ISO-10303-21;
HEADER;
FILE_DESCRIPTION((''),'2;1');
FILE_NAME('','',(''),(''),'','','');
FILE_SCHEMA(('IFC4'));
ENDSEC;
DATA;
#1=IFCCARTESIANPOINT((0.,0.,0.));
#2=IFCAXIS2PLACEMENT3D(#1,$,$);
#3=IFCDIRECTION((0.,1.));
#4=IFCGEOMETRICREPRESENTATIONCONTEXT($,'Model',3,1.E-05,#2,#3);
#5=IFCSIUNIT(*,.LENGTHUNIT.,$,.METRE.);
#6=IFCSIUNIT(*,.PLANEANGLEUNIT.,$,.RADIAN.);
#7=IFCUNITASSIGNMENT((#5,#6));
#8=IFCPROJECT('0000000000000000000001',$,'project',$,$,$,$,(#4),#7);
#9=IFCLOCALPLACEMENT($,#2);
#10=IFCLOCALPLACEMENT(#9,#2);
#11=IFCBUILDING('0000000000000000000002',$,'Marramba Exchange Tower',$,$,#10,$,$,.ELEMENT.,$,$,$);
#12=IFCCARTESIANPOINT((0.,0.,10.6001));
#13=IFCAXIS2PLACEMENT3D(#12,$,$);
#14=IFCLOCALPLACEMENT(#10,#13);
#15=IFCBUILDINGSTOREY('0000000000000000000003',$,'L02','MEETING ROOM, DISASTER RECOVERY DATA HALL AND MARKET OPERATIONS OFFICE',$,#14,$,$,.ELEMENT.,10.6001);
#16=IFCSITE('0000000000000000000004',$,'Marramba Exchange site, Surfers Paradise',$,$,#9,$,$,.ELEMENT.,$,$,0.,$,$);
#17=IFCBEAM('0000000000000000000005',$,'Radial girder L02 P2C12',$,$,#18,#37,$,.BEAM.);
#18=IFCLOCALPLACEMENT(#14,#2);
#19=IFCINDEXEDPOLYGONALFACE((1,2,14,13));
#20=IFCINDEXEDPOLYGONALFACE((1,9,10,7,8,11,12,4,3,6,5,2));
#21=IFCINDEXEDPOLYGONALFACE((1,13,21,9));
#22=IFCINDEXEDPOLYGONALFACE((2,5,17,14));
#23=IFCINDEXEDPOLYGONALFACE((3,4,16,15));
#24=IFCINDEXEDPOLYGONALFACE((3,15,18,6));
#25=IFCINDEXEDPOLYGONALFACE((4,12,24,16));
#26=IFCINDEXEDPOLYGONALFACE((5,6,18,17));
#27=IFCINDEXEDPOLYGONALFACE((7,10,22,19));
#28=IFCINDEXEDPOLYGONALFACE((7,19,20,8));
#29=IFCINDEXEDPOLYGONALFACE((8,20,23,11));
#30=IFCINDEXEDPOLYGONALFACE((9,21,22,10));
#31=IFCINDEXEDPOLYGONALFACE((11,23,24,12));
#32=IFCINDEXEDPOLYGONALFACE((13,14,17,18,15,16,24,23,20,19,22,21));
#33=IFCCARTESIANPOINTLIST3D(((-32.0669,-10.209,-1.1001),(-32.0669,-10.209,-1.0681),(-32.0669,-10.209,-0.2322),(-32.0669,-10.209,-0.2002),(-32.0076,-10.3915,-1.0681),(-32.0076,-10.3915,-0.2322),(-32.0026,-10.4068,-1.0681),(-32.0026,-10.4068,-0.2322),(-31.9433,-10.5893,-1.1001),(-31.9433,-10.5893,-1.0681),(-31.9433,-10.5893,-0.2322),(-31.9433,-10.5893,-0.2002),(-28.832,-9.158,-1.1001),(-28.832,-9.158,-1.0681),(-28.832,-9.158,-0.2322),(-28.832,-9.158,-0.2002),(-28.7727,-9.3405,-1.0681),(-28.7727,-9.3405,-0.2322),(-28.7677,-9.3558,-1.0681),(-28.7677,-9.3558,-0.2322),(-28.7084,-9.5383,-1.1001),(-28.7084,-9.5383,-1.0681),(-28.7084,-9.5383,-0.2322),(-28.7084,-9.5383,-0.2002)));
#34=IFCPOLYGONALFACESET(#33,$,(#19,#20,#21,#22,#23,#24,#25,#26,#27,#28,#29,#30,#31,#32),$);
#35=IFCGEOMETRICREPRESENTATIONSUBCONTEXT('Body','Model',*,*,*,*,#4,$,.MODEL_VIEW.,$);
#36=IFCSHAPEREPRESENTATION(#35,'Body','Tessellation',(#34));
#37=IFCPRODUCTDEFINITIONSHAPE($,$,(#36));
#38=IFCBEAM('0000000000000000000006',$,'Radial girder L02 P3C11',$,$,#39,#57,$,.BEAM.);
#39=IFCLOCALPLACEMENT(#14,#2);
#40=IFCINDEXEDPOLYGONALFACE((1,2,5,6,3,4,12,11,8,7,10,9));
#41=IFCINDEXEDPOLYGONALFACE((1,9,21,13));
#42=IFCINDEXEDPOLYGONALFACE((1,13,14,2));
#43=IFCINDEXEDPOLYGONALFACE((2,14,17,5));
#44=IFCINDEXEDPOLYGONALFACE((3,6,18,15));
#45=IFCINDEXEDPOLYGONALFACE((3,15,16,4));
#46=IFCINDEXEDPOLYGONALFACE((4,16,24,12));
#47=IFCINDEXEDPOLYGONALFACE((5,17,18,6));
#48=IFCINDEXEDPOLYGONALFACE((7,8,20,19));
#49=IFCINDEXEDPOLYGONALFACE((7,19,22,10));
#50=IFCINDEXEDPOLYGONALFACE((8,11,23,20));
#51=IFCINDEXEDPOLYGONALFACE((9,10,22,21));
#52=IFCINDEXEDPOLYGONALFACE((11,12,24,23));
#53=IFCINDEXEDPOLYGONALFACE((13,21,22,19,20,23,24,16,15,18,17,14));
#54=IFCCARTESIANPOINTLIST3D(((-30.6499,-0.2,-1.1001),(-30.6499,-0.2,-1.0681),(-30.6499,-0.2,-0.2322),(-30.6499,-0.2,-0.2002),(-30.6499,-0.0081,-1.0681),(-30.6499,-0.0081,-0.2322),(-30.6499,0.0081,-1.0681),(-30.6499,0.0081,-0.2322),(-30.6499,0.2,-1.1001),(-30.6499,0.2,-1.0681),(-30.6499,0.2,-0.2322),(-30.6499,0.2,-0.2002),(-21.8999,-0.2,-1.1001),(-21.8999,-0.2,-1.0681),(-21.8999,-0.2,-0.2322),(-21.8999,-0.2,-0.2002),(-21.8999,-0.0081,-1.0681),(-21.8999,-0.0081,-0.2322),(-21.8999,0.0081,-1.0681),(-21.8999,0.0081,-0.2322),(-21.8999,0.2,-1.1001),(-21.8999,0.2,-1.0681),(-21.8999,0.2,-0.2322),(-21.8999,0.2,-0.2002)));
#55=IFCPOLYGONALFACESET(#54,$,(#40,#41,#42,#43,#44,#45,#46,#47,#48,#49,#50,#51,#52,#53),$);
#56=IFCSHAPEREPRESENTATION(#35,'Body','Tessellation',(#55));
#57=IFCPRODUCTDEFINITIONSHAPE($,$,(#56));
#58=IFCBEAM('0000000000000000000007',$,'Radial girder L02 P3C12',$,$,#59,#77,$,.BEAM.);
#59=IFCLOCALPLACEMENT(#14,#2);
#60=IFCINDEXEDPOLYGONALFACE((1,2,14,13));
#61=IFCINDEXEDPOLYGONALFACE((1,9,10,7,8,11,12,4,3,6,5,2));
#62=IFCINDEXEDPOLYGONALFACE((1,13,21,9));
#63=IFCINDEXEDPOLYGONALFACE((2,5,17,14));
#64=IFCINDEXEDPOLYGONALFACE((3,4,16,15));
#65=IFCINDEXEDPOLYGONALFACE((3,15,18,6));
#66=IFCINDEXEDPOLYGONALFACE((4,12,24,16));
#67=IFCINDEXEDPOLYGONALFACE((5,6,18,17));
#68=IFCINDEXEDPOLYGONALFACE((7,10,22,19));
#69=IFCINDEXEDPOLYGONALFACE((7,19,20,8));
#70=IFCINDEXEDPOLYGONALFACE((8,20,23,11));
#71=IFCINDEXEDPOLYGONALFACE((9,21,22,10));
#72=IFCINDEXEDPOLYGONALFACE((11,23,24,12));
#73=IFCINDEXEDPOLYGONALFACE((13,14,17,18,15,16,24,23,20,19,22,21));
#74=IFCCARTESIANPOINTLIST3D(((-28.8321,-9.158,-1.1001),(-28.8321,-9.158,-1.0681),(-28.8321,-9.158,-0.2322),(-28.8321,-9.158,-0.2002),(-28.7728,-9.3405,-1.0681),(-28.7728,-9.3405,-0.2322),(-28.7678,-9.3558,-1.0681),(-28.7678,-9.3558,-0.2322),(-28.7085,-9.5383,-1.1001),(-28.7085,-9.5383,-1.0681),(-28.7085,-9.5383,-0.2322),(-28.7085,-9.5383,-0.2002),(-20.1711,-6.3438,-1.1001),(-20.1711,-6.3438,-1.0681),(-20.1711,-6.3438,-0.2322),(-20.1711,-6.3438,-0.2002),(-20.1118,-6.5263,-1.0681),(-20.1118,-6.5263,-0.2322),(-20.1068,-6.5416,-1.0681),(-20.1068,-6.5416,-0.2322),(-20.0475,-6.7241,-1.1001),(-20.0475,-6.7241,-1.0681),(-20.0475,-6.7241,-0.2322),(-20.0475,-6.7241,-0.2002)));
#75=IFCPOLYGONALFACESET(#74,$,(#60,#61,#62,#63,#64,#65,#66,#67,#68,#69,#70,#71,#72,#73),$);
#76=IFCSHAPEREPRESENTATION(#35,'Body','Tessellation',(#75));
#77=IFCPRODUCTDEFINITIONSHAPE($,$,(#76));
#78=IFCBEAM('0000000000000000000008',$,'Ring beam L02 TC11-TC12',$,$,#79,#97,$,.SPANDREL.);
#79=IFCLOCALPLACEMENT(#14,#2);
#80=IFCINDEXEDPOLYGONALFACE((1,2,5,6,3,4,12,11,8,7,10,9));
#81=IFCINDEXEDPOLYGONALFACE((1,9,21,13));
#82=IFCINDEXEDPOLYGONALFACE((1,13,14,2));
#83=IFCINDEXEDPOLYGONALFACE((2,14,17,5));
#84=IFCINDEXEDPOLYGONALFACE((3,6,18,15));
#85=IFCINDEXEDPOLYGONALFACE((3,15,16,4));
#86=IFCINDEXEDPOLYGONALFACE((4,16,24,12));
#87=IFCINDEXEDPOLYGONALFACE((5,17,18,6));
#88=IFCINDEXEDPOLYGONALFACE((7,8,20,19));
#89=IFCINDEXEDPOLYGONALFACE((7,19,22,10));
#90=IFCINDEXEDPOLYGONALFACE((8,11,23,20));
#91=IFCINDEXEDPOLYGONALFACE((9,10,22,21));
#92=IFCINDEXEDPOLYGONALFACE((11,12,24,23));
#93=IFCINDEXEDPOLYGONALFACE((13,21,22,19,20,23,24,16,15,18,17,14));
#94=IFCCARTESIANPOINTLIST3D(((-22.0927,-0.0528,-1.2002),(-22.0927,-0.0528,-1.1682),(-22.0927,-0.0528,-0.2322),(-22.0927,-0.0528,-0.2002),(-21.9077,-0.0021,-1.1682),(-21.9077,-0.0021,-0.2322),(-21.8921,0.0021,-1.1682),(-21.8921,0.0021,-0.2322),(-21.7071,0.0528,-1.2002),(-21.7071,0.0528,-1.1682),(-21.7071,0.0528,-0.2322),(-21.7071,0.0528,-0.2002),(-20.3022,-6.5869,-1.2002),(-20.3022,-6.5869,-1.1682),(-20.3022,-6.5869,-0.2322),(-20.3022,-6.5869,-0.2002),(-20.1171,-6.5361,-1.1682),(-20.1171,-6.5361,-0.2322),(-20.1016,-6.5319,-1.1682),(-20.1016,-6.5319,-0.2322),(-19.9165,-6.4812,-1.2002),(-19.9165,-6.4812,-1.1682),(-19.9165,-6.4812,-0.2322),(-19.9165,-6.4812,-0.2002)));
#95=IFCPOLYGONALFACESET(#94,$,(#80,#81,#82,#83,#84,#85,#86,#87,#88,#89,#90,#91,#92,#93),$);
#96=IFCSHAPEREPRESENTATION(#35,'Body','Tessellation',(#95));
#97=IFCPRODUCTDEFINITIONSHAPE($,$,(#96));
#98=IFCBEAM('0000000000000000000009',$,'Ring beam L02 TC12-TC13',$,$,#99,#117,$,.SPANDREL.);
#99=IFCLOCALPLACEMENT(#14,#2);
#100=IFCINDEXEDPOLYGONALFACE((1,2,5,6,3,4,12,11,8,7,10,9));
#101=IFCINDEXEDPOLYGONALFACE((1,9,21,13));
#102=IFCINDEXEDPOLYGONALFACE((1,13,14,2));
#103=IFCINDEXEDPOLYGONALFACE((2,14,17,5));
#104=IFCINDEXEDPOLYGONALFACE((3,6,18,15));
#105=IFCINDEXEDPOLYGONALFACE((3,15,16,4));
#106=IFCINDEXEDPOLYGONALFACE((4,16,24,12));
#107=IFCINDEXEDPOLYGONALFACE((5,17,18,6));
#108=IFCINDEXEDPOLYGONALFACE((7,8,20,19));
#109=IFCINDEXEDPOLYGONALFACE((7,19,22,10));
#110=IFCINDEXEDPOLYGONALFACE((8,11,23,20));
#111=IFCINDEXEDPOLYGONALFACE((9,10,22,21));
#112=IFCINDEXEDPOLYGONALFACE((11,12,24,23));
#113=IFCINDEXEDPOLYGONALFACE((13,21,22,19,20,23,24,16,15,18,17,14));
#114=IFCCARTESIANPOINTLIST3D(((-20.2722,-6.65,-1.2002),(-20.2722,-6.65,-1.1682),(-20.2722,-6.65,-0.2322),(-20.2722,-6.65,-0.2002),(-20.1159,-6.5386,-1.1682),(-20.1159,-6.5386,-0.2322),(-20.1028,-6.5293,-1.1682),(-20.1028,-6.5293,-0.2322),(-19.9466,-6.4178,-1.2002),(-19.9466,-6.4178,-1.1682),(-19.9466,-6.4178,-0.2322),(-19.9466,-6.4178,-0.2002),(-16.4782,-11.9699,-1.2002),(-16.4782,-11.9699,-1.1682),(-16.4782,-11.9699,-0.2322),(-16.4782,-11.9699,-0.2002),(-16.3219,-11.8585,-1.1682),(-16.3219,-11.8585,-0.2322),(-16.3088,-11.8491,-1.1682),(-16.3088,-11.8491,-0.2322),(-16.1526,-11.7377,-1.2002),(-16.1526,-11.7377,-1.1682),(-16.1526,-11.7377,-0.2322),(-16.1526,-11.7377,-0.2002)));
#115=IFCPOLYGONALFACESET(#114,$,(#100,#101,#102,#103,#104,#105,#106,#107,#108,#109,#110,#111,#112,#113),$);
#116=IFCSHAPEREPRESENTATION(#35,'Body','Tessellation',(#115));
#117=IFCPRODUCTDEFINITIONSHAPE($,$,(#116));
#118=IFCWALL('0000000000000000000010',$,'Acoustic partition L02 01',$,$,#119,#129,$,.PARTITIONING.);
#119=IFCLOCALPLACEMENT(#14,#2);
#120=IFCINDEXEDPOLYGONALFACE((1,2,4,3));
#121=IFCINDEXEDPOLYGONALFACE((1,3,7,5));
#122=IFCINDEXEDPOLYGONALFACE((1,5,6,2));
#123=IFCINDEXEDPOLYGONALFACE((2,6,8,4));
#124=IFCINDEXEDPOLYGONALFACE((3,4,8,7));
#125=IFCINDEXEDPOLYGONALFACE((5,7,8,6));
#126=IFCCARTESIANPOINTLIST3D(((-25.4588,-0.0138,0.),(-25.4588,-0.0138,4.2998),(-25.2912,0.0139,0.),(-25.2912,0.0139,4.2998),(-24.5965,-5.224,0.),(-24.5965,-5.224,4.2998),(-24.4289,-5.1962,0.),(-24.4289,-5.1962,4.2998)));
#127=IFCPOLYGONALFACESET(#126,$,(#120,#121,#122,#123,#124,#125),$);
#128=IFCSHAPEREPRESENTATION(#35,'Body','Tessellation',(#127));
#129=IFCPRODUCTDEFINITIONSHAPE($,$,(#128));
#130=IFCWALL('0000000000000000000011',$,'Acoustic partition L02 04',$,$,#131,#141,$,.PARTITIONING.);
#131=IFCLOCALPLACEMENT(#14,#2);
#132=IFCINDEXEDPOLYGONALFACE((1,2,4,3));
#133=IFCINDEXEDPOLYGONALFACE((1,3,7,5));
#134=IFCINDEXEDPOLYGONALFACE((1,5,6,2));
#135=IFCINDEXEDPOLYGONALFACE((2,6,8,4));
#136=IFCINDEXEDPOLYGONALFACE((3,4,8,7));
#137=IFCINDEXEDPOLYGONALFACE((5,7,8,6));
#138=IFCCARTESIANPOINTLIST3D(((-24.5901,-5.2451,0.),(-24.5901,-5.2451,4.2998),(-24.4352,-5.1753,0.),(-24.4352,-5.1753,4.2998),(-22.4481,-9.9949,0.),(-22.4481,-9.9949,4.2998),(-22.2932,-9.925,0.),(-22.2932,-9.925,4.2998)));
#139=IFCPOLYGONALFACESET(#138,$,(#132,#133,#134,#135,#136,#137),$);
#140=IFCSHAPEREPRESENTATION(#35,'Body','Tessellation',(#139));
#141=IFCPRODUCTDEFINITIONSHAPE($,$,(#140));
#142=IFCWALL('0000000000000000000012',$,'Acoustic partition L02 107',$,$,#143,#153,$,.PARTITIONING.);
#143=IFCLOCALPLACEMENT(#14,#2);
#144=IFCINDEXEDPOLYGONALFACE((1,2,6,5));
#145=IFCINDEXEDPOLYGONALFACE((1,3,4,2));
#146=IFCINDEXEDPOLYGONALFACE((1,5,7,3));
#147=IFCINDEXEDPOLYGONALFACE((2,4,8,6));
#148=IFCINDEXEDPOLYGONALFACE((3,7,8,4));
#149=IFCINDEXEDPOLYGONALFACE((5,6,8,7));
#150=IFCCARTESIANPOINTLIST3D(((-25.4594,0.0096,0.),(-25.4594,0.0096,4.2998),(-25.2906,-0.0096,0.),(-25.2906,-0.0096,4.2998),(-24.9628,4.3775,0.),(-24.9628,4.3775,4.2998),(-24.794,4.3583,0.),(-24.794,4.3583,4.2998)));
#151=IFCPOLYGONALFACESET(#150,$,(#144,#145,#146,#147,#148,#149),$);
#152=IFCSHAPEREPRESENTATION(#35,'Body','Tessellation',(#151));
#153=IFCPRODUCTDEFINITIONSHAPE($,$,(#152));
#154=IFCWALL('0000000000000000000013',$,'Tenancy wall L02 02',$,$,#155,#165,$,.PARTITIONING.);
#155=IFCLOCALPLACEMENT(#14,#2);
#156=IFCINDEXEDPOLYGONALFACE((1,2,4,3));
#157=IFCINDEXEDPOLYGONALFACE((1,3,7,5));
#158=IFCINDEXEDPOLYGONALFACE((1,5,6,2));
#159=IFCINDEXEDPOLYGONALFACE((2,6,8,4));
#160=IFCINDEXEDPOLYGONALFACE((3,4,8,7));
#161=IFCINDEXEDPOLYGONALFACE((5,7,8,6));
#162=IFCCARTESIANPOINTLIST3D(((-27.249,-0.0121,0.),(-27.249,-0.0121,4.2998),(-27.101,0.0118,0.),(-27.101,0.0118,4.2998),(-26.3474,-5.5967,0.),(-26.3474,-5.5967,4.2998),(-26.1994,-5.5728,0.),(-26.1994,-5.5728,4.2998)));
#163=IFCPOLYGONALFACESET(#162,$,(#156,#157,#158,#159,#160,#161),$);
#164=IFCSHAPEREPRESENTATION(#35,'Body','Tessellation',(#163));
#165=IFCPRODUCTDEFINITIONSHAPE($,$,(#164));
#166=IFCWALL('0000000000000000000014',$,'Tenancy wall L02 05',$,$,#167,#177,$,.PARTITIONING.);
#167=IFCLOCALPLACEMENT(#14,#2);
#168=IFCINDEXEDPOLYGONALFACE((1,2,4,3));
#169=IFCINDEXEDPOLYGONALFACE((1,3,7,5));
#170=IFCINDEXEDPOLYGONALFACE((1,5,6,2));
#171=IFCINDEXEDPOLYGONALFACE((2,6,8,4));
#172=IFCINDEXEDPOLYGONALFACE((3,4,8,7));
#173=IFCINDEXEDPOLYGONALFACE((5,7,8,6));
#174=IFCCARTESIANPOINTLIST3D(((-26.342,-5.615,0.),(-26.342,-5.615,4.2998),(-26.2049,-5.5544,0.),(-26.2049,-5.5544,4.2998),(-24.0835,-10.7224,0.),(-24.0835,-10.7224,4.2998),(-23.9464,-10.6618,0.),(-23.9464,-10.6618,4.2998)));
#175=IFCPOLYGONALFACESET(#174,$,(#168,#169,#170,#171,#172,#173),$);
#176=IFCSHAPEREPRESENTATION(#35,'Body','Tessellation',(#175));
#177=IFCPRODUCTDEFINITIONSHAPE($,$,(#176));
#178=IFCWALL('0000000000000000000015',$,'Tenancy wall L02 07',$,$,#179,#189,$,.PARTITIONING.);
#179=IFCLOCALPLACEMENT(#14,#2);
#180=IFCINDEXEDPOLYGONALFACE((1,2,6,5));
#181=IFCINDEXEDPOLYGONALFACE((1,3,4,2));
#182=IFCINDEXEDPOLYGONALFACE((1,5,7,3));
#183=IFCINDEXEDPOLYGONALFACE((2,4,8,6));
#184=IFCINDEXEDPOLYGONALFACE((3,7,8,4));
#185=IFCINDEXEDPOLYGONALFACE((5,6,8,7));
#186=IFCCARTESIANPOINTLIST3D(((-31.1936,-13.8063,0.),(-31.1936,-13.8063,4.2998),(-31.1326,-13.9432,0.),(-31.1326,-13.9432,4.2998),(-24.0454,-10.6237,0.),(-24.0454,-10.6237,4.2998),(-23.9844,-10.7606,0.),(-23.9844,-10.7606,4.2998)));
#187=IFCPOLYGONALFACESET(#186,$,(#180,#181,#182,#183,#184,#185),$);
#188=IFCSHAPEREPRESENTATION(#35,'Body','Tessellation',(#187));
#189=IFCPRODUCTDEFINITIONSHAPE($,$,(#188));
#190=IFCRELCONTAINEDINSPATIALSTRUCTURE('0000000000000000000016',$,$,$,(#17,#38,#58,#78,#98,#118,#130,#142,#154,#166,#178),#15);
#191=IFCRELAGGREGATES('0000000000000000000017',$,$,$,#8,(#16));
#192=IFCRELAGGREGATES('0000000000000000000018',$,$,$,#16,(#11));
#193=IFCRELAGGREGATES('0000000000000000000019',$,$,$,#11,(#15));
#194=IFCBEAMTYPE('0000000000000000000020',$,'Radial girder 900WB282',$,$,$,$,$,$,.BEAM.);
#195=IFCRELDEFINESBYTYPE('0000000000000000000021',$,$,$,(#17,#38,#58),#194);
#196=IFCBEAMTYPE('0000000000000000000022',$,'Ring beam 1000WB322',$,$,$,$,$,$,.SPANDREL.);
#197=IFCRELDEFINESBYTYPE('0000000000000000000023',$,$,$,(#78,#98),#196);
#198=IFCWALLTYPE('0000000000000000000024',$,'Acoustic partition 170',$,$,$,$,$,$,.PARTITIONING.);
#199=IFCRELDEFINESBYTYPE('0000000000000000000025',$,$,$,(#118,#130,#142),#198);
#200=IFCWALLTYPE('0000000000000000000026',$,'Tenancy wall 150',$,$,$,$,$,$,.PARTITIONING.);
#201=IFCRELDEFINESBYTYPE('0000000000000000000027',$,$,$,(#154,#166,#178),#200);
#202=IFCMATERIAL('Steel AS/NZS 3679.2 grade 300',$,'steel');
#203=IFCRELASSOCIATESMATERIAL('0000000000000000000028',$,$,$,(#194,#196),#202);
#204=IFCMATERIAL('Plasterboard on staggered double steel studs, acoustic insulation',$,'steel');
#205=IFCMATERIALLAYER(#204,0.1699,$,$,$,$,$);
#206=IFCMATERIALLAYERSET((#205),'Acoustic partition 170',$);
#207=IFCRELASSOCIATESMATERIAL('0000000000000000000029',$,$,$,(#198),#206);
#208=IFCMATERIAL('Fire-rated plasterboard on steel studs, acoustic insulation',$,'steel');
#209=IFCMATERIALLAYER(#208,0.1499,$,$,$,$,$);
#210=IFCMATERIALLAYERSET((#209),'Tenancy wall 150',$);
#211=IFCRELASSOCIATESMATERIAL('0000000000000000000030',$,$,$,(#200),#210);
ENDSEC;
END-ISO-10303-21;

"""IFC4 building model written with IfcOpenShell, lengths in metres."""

from ifc_helpers import new_model, si_unit, direction, frame, frame_2d, origin, origin_2d, place, context, subcontext, project, spatial, rectangle, i_section, extrude, material, layer, layer_set, material_profile, profile_set, type_object, element, save


model = new_model("IFC4")

# Units and contexts
model_context = context("Model", 3, precision=1e-05, world=origin(), true_north=direction((0.0, 1.0)))
body_context = subcontext(model_context, "Body", "Model", "MODEL_VIEW")
ifc_project = project(units=[si_unit("LENGTHUNIT", "METRE"), si_unit("PLANEANGLEUNIT", "RADIAN")], contexts=[model_context])

# Site, building, storey
site_placement = place(None, origin())
site = spatial("IfcSite", under=ifc_project, at=site_placement, Name="Marramba Exchange site, Surfers Paradise", CompositionType="ELEMENT", RefElevation=0.0)
building_placement = place(site_placement, origin())
building = spatial("IfcBuilding", under=site, at=building_placement, Name="Marramba Exchange Tower", CompositionType="ELEMENT")
storey_placement = place(building_placement, frame((0.0, 0.0, 10.6001)))
storey = spatial("IfcBuildingStorey", under=building, at=storey_placement, Name="L02", Description="MEETING ROOM, DISASTER RECOVERY DATA HALL AND MARKET OPERATIONS OFFICE", CompositionType="ELEMENT", Elevation=10.6001)

# Beams
ifc_material_1 = material(Name="Steel AS/NZS 3679.2 grade 300", Category="steel")
ifc_material_profile_1 = material_profile(ifc_material_1, i_section(OverallWidth=0.3999, OverallDepth=0.8999, WebThickness=0.0161, FlangeThickness=0.032, at=origin_2d()), Name="900WB282")
ifc_profile_set_1 = profile_set([ifc_material_profile_1], Name="Steel AS/NZS 3679.2 grade 300")
beam_type_1 = type_object("IfcBeamType", Name="Radial girder 900WB282", PredefinedType="BEAM", material=ifc_profile_set_1)
beam_1_placement = place(storey_placement, frame((-32.0051, -10.3992, -0.6501), z_axis=(0.95106, 0.309005, 0.0), x_axis=(-0.309005, 0.95106, 0.0)))
element("IfcBeam", 1, at=beam_1_placement, inside=storey, type_object=beam_type_1, Name="Radial girder L02 P2C12", PredefinedType="BEAM", context=body_context, shape_type="SweptSolid", body=[
    extrude(i_section(OverallWidth=0.3999, OverallDepth=0.8999, WebThickness=0.0161, FlangeThickness=0.032, at=origin_2d()), origin(), (0.0, 0.0, 1.0), 3.4014),
])
beam_2_placement = place(storey_placement, frame((-30.6499, 0.0, -0.6501), z_axis=(1.0, 0.0, 0.0), x_axis=(0.0, 1.0, 0.0)))
element("IfcBeam", 2, at=beam_2_placement, inside=storey, type_object=beam_type_1, Name="Radial girder L02 P3C11", PredefinedType="BEAM", context=body_context, shape_type="SweptSolid", body=[
    extrude(i_section(OverallWidth=0.3999, OverallDepth=0.8999, WebThickness=0.0161, FlangeThickness=0.032, at=origin_2d()), origin(), (0.0, 0.0, 1.0), 8.75),
])
beam_3_placement = place(storey_placement, frame((-28.7703, -9.3481, -0.6501), z_axis=(0.951053, 0.309028, 0.0), x_axis=(-0.309028, 0.951053, 0.0)))
element("IfcBeam", 3, at=beam_3_placement, inside=storey, type_object=beam_type_1, Name="Radial girder L02 P3C12", PredefinedType="BEAM", context=body_context, shape_type="SweptSolid", body=[
    extrude(i_section(OverallWidth=0.3999, OverallDepth=0.8999, WebThickness=0.0161, FlangeThickness=0.032, at=origin_2d()), origin(), (0.0, 0.0, 1.0), 9.1067),
])
ifc_material_profile_2 = material_profile(ifc_material_1, i_section(OverallWidth=0.3999, OverallDepth=1.0, WebThickness=0.0161, FlangeThickness=0.032, at=origin_2d()), Name="1000WB322")
ifc_profile_set_2 = profile_set([ifc_material_profile_2], Name="Steel AS/NZS 3679.2 grade 300")
beam_type_2 = type_object("IfcBeamType", Name="Ring beam 1000WB322", PredefinedType="SPANDREL", material=ifc_profile_set_2)
beam_4_placement = place(storey_placement, frame((-21.8999, 0.0, -0.7002), z_axis=(0.264291, -0.964443, 0.0), x_axis=(0.964443, 0.264291, 0.0)))
element("IfcBeam", 4, at=beam_4_placement, inside=storey, type_object=beam_type_2, Name="Ring beam L02 TC11-TC12", PredefinedType="SPANDREL", context=body_context, shape_type="SweptSolid", body=[
    extrude(i_section(OverallWidth=0.3999, OverallDepth=1.0, WebThickness=0.0161, FlangeThickness=0.032, at=origin_2d()), origin(), (0.0, 0.0, 1.0), 6.7749),
])
beam_5_placement = place(storey_placement, frame((-20.1094, -6.5339, -0.7002), z_axis=(0.580637, -0.814162, 0.0), x_axis=(0.814162, 0.580637, 0.0)))
element("IfcBeam", 5, at=beam_5_placement, inside=storey, type_object=beam_type_2, Name="Ring beam L02 TC12-TC13", PredefinedType="SPANDREL", context=body_context, shape_type="SweptSolid", body=[
    extrude(i_section(OverallWidth=0.3999, OverallDepth=1.0, WebThickness=0.0161, FlangeThickness=0.032, at=origin_2d()), origin(), (0.0, 0.0, 1.0), 6.5342),
])

# Walls
ifc_material_2 = material(Name="Plasterboard on staggered double steel studs, acoustic insulation", Category="steel")
ifc_layer_1 = layer(ifc_material_2, 0.1699)
ifc_layer_set_1 = layer_set([ifc_layer_1], Name="Acoustic partition 170")
wall_type_1 = type_object("IfcWallType", Name="Acoustic partition 170", PredefinedType="PARTITIONING", material=ifc_layer_set_1)
wall_1_placement = place(storey_placement, frame((-24.5127, -5.2102, 0.0), z_axis=(0.0, 0.0, 1.0), x_axis=(-0.163282, 0.986579, 0.0)))
element("IfcWall", 6, at=wall_1_placement, inside=storey, type_object=wall_type_1, Name="Acoustic partition L02 01", PredefinedType="PARTITIONING", context=body_context, shape_type="SweptSolid", body=[
    extrude(rectangle(XDim=5.281, YDim=0.1699, at=frame_2d((2.6406, 0.0))), origin(), (0.0, 0.0, 1.0), 4.2998),
])
wall_2_placement = place(storey_placement, frame((-22.3706, -9.96, 0.0), z_axis=(0.0, 0.0, 1.0), x_axis=(-0.411115, 0.911584, 0.0)))
element("IfcWall", 7, at=wall_2_placement, inside=storey, type_object=wall_type_1, Name="Acoustic partition L02 04", PredefinedType="PARTITIONING", context=body_context, shape_type="SweptSolid", body=[
    extrude(rectangle(XDim=5.2104, YDim=0.1699, at=frame_2d((2.6052, 0.0))), origin(), (0.0, 0.0, 1.0), 4.2998),
])
wall_3_placement = place(storey_placement, frame((-25.375, 0.0, 0.0), z_axis=(0.0, 0.0, 1.0), x_axis=(0.112961, 0.993599, 0.0)))
element("IfcWall", 8, at=wall_3_placement, inside=storey, type_object=wall_type_1, Name="Acoustic partition L02 107", PredefinedType="PARTITIONING", context=body_context, shape_type="SweptSolid", body=[
    extrude(rectangle(XDim=4.396, YDim=0.1699, at=frame_2d((2.198, 0.0))), origin(), (0.0, 0.0, 1.0), 4.2998),
])
ifc_material_3 = material(Name="Fire-rated plasterboard on steel studs, acoustic insulation", Category="steel")
ifc_layer_2 = layer(ifc_material_3, 0.1499)
ifc_layer_set_2 = layer_set([ifc_layer_2], Name="Tenancy wall 150")
wall_type_2 = type_object("IfcWallType", Name="Tenancy wall 150", PredefinedType="PARTITIONING", material=ifc_layer_set_2)
wall_4_placement = place(storey_placement, frame((-27.175, 0.0, 0.0), z_axis=(0.0, 0.0, 1.0), x_axis=(0.159379, -0.987217, 0.0)))
element("IfcWall", 9, at=wall_4_placement, inside=storey, type_object=wall_type_2, Name="Tenancy wall L02 02", PredefinedType="PARTITIONING", context=body_context, shape_type="SweptSolid", body=[
    extrude(rectangle(XDim=5.657, YDim=0.1499, at=frame_2d((2.8286, 0.0))), origin(), (0.0, 0.0, 1.0), 4.2998),
])
wall_5_placement = place(storey_placement, frame((-26.2734, -5.5847, 0.0), z_axis=(0.0, 0.0, 1.0), x_axis=(0.40443, -0.914569, 0.0)))
element("IfcWall", 10, at=wall_5_placement, inside=storey, type_object=wall_type_2, Name="Tenancy wall L02 05", PredefinedType="PARTITIONING", context=body_context, shape_type="SweptSolid", body=[
    extrude(rectangle(XDim=5.5845, YDim=0.1499, at=frame_2d((2.7922, 0.0))), origin(), (0.0, 0.0, 1.0), 4.2998),
])
wall_6_placement = place(storey_placement, frame((-24.0149, -10.6921, 0.0), z_axis=(0.0, 0.0, 1.0), x_axis=(-0.913544, -0.406741, 0.0)))
element("IfcWall", 11, at=wall_6_placement, inside=storey, type_object=wall_type_2, Name="Tenancy wall L02 07", PredefinedType="PARTITIONING", context=body_context, shape_type="SweptSolid", body=[
    extrude(rectangle(XDim=7.8247, YDim=0.1499, at=frame_2d((3.9124, 0.0))), origin(), (0.0, 0.0, 1.0), 4.2998),
])

save(model, "model.ifc")
